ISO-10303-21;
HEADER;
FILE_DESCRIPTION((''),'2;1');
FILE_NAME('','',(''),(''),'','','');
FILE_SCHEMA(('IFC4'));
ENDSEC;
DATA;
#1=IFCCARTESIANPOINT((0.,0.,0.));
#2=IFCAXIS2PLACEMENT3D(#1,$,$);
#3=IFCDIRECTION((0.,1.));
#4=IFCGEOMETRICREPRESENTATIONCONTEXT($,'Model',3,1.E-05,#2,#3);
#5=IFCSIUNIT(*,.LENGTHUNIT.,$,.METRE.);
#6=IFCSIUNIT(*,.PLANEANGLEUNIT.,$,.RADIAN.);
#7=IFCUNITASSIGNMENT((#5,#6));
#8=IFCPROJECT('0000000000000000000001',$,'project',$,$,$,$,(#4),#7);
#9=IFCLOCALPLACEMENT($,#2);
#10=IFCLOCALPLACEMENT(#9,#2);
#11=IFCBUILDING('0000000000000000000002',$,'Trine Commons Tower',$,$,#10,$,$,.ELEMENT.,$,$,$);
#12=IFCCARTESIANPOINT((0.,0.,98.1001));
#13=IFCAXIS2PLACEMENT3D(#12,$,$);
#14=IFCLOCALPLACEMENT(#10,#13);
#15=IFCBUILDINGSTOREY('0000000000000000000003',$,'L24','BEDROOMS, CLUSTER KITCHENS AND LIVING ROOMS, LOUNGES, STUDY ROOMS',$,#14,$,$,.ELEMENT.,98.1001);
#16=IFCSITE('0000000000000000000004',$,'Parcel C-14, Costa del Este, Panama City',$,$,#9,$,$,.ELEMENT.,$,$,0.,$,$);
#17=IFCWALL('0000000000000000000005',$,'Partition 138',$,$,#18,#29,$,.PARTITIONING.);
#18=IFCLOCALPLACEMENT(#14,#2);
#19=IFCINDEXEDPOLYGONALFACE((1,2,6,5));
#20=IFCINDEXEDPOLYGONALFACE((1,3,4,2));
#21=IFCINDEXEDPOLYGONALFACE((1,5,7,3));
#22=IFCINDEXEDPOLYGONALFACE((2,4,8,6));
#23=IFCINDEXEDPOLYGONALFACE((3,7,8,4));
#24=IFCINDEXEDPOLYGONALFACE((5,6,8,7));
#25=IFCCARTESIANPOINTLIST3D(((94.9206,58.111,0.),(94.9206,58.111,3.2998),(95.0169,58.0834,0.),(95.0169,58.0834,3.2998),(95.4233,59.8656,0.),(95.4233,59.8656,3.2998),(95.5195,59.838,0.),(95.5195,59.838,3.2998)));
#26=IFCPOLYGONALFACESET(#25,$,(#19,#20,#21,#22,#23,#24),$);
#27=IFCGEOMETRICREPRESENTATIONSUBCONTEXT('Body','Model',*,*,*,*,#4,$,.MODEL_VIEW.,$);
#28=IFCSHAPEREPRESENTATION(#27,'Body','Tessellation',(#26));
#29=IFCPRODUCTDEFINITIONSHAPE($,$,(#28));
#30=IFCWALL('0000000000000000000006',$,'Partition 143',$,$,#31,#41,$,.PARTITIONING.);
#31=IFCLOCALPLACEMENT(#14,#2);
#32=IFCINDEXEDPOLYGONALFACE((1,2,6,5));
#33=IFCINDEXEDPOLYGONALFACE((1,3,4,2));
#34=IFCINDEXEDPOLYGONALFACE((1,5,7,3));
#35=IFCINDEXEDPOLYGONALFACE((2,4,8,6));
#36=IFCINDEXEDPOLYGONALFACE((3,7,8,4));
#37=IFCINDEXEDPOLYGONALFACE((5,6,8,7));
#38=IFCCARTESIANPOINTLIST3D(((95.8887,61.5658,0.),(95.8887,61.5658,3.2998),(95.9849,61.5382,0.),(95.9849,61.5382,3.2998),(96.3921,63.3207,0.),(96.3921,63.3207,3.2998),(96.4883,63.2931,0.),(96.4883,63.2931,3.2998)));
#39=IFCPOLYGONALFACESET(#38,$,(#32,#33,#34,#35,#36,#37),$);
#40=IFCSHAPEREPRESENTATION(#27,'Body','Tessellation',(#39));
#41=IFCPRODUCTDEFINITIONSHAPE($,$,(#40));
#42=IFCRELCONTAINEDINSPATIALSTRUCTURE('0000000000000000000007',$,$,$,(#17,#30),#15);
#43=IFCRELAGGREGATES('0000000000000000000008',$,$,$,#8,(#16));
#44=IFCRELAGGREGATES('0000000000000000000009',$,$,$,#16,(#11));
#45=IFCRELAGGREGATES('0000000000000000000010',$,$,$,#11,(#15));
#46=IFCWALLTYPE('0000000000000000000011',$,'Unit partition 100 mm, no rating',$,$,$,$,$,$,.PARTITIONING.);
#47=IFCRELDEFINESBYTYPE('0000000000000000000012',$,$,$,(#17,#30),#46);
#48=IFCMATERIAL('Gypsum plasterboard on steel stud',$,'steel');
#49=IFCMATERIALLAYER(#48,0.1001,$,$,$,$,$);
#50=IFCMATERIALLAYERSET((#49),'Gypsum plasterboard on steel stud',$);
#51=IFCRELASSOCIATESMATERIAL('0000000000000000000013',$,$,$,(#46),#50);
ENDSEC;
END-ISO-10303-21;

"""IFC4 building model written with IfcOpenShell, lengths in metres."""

from ifc_helpers import new_model, si_unit, direction, frame, frame_2d, origin, place, context, subcontext, project, spatial, rectangle, extrude, material, layer, layer_set, type_object, element, save


model = new_model("IFC4")

# Units and contexts
model_context = context("Model", 3, precision=1e-05, world=origin(), true_north=direction((0.0, 1.0)))
body_context = subcontext(model_context, "Body", "Model", "MODEL_VIEW")
ifc_project = project(units=[si_unit("LENGTHUNIT", "METRE"), si_unit("PLANEANGLEUNIT", "RADIAN")], contexts=[model_context])

# Site, building, storey
site_placement = place(None, origin())
site = spatial("IfcSite", under=ifc_project, at=site_placement, Name="Parcel C-14, Costa del Este, Panama City", CompositionType="ELEMENT", RefElevation=0.0)
building_placement = place(site_placement, origin())
building = spatial("IfcBuilding", under=site, at=building_placement, Name="Trine Commons Tower", CompositionType="ELEMENT")
storey_placement = place(building_placement, frame((0.0, 0.0, 98.1001)))
storey = spatial("IfcBuildingStorey", under=building, at=storey_placement, Name="L24", Description="BEDROOMS, CLUSTER KITCHENS AND LIVING ROOMS, LOUNGES, STUDY ROOMS", CompositionType="ELEMENT", Elevation=98.1001)

# Shared definitions
ifc_material_1 = material(Name="Gypsum plasterboard on steel stud", Category="steel")

# Shared definitions
ifc_layer_1 = layer(ifc_material_1, 0.1001)
ifc_layer_set_1 = layer_set([ifc_layer_1], Name="Gypsum plasterboard on steel stud")
wall_type_1 = type_object("IfcWallType", Name="Unit partition 100 mm, no rating", PredefinedType="PARTITIONING", material=ifc_layer_set_1)

# Walls
wall_1_placement = place(storey_placement, frame((94.9688, 58.0972, 0.0), z_axis=(0.0, 0.0, 1.0), x_axis=(0.27541, 0.961327, 0.0)))
element("IfcWall", 1, at=wall_1_placement, inside=storey, type_object=wall_type_1, Name="Partition 138", PredefinedType="PARTITIONING", context=body_context, shape_type="SweptSolid", body=[
    extrude(rectangle(XDim=1.8252, YDim=0.1001, at=frame_2d((0.9126, 0.0))), origin(), (0.0, 0.0, 1.0), 3.2998),
])
wall_2_placement = place(storey_placement, frame((95.9368, 61.552, 0.0), z_axis=(0.0, 0.0, 1.0), x_axis=(0.275745, 0.961231, 0.0)))
element("IfcWall", 2, at=wall_2_placement, inside=storey, type_object=wall_type_1, Name="Partition 143", PredefinedType="PARTITIONING", context=body_context, shape_type="SweptSolid", body=[
    extrude(rectangle(XDim=1.8257, YDim=0.1001, at=frame_2d((0.9128, 0.0))), origin(), (0.0, 0.0, 1.0), 3.2998),
])

save(model, "model.ifc")
